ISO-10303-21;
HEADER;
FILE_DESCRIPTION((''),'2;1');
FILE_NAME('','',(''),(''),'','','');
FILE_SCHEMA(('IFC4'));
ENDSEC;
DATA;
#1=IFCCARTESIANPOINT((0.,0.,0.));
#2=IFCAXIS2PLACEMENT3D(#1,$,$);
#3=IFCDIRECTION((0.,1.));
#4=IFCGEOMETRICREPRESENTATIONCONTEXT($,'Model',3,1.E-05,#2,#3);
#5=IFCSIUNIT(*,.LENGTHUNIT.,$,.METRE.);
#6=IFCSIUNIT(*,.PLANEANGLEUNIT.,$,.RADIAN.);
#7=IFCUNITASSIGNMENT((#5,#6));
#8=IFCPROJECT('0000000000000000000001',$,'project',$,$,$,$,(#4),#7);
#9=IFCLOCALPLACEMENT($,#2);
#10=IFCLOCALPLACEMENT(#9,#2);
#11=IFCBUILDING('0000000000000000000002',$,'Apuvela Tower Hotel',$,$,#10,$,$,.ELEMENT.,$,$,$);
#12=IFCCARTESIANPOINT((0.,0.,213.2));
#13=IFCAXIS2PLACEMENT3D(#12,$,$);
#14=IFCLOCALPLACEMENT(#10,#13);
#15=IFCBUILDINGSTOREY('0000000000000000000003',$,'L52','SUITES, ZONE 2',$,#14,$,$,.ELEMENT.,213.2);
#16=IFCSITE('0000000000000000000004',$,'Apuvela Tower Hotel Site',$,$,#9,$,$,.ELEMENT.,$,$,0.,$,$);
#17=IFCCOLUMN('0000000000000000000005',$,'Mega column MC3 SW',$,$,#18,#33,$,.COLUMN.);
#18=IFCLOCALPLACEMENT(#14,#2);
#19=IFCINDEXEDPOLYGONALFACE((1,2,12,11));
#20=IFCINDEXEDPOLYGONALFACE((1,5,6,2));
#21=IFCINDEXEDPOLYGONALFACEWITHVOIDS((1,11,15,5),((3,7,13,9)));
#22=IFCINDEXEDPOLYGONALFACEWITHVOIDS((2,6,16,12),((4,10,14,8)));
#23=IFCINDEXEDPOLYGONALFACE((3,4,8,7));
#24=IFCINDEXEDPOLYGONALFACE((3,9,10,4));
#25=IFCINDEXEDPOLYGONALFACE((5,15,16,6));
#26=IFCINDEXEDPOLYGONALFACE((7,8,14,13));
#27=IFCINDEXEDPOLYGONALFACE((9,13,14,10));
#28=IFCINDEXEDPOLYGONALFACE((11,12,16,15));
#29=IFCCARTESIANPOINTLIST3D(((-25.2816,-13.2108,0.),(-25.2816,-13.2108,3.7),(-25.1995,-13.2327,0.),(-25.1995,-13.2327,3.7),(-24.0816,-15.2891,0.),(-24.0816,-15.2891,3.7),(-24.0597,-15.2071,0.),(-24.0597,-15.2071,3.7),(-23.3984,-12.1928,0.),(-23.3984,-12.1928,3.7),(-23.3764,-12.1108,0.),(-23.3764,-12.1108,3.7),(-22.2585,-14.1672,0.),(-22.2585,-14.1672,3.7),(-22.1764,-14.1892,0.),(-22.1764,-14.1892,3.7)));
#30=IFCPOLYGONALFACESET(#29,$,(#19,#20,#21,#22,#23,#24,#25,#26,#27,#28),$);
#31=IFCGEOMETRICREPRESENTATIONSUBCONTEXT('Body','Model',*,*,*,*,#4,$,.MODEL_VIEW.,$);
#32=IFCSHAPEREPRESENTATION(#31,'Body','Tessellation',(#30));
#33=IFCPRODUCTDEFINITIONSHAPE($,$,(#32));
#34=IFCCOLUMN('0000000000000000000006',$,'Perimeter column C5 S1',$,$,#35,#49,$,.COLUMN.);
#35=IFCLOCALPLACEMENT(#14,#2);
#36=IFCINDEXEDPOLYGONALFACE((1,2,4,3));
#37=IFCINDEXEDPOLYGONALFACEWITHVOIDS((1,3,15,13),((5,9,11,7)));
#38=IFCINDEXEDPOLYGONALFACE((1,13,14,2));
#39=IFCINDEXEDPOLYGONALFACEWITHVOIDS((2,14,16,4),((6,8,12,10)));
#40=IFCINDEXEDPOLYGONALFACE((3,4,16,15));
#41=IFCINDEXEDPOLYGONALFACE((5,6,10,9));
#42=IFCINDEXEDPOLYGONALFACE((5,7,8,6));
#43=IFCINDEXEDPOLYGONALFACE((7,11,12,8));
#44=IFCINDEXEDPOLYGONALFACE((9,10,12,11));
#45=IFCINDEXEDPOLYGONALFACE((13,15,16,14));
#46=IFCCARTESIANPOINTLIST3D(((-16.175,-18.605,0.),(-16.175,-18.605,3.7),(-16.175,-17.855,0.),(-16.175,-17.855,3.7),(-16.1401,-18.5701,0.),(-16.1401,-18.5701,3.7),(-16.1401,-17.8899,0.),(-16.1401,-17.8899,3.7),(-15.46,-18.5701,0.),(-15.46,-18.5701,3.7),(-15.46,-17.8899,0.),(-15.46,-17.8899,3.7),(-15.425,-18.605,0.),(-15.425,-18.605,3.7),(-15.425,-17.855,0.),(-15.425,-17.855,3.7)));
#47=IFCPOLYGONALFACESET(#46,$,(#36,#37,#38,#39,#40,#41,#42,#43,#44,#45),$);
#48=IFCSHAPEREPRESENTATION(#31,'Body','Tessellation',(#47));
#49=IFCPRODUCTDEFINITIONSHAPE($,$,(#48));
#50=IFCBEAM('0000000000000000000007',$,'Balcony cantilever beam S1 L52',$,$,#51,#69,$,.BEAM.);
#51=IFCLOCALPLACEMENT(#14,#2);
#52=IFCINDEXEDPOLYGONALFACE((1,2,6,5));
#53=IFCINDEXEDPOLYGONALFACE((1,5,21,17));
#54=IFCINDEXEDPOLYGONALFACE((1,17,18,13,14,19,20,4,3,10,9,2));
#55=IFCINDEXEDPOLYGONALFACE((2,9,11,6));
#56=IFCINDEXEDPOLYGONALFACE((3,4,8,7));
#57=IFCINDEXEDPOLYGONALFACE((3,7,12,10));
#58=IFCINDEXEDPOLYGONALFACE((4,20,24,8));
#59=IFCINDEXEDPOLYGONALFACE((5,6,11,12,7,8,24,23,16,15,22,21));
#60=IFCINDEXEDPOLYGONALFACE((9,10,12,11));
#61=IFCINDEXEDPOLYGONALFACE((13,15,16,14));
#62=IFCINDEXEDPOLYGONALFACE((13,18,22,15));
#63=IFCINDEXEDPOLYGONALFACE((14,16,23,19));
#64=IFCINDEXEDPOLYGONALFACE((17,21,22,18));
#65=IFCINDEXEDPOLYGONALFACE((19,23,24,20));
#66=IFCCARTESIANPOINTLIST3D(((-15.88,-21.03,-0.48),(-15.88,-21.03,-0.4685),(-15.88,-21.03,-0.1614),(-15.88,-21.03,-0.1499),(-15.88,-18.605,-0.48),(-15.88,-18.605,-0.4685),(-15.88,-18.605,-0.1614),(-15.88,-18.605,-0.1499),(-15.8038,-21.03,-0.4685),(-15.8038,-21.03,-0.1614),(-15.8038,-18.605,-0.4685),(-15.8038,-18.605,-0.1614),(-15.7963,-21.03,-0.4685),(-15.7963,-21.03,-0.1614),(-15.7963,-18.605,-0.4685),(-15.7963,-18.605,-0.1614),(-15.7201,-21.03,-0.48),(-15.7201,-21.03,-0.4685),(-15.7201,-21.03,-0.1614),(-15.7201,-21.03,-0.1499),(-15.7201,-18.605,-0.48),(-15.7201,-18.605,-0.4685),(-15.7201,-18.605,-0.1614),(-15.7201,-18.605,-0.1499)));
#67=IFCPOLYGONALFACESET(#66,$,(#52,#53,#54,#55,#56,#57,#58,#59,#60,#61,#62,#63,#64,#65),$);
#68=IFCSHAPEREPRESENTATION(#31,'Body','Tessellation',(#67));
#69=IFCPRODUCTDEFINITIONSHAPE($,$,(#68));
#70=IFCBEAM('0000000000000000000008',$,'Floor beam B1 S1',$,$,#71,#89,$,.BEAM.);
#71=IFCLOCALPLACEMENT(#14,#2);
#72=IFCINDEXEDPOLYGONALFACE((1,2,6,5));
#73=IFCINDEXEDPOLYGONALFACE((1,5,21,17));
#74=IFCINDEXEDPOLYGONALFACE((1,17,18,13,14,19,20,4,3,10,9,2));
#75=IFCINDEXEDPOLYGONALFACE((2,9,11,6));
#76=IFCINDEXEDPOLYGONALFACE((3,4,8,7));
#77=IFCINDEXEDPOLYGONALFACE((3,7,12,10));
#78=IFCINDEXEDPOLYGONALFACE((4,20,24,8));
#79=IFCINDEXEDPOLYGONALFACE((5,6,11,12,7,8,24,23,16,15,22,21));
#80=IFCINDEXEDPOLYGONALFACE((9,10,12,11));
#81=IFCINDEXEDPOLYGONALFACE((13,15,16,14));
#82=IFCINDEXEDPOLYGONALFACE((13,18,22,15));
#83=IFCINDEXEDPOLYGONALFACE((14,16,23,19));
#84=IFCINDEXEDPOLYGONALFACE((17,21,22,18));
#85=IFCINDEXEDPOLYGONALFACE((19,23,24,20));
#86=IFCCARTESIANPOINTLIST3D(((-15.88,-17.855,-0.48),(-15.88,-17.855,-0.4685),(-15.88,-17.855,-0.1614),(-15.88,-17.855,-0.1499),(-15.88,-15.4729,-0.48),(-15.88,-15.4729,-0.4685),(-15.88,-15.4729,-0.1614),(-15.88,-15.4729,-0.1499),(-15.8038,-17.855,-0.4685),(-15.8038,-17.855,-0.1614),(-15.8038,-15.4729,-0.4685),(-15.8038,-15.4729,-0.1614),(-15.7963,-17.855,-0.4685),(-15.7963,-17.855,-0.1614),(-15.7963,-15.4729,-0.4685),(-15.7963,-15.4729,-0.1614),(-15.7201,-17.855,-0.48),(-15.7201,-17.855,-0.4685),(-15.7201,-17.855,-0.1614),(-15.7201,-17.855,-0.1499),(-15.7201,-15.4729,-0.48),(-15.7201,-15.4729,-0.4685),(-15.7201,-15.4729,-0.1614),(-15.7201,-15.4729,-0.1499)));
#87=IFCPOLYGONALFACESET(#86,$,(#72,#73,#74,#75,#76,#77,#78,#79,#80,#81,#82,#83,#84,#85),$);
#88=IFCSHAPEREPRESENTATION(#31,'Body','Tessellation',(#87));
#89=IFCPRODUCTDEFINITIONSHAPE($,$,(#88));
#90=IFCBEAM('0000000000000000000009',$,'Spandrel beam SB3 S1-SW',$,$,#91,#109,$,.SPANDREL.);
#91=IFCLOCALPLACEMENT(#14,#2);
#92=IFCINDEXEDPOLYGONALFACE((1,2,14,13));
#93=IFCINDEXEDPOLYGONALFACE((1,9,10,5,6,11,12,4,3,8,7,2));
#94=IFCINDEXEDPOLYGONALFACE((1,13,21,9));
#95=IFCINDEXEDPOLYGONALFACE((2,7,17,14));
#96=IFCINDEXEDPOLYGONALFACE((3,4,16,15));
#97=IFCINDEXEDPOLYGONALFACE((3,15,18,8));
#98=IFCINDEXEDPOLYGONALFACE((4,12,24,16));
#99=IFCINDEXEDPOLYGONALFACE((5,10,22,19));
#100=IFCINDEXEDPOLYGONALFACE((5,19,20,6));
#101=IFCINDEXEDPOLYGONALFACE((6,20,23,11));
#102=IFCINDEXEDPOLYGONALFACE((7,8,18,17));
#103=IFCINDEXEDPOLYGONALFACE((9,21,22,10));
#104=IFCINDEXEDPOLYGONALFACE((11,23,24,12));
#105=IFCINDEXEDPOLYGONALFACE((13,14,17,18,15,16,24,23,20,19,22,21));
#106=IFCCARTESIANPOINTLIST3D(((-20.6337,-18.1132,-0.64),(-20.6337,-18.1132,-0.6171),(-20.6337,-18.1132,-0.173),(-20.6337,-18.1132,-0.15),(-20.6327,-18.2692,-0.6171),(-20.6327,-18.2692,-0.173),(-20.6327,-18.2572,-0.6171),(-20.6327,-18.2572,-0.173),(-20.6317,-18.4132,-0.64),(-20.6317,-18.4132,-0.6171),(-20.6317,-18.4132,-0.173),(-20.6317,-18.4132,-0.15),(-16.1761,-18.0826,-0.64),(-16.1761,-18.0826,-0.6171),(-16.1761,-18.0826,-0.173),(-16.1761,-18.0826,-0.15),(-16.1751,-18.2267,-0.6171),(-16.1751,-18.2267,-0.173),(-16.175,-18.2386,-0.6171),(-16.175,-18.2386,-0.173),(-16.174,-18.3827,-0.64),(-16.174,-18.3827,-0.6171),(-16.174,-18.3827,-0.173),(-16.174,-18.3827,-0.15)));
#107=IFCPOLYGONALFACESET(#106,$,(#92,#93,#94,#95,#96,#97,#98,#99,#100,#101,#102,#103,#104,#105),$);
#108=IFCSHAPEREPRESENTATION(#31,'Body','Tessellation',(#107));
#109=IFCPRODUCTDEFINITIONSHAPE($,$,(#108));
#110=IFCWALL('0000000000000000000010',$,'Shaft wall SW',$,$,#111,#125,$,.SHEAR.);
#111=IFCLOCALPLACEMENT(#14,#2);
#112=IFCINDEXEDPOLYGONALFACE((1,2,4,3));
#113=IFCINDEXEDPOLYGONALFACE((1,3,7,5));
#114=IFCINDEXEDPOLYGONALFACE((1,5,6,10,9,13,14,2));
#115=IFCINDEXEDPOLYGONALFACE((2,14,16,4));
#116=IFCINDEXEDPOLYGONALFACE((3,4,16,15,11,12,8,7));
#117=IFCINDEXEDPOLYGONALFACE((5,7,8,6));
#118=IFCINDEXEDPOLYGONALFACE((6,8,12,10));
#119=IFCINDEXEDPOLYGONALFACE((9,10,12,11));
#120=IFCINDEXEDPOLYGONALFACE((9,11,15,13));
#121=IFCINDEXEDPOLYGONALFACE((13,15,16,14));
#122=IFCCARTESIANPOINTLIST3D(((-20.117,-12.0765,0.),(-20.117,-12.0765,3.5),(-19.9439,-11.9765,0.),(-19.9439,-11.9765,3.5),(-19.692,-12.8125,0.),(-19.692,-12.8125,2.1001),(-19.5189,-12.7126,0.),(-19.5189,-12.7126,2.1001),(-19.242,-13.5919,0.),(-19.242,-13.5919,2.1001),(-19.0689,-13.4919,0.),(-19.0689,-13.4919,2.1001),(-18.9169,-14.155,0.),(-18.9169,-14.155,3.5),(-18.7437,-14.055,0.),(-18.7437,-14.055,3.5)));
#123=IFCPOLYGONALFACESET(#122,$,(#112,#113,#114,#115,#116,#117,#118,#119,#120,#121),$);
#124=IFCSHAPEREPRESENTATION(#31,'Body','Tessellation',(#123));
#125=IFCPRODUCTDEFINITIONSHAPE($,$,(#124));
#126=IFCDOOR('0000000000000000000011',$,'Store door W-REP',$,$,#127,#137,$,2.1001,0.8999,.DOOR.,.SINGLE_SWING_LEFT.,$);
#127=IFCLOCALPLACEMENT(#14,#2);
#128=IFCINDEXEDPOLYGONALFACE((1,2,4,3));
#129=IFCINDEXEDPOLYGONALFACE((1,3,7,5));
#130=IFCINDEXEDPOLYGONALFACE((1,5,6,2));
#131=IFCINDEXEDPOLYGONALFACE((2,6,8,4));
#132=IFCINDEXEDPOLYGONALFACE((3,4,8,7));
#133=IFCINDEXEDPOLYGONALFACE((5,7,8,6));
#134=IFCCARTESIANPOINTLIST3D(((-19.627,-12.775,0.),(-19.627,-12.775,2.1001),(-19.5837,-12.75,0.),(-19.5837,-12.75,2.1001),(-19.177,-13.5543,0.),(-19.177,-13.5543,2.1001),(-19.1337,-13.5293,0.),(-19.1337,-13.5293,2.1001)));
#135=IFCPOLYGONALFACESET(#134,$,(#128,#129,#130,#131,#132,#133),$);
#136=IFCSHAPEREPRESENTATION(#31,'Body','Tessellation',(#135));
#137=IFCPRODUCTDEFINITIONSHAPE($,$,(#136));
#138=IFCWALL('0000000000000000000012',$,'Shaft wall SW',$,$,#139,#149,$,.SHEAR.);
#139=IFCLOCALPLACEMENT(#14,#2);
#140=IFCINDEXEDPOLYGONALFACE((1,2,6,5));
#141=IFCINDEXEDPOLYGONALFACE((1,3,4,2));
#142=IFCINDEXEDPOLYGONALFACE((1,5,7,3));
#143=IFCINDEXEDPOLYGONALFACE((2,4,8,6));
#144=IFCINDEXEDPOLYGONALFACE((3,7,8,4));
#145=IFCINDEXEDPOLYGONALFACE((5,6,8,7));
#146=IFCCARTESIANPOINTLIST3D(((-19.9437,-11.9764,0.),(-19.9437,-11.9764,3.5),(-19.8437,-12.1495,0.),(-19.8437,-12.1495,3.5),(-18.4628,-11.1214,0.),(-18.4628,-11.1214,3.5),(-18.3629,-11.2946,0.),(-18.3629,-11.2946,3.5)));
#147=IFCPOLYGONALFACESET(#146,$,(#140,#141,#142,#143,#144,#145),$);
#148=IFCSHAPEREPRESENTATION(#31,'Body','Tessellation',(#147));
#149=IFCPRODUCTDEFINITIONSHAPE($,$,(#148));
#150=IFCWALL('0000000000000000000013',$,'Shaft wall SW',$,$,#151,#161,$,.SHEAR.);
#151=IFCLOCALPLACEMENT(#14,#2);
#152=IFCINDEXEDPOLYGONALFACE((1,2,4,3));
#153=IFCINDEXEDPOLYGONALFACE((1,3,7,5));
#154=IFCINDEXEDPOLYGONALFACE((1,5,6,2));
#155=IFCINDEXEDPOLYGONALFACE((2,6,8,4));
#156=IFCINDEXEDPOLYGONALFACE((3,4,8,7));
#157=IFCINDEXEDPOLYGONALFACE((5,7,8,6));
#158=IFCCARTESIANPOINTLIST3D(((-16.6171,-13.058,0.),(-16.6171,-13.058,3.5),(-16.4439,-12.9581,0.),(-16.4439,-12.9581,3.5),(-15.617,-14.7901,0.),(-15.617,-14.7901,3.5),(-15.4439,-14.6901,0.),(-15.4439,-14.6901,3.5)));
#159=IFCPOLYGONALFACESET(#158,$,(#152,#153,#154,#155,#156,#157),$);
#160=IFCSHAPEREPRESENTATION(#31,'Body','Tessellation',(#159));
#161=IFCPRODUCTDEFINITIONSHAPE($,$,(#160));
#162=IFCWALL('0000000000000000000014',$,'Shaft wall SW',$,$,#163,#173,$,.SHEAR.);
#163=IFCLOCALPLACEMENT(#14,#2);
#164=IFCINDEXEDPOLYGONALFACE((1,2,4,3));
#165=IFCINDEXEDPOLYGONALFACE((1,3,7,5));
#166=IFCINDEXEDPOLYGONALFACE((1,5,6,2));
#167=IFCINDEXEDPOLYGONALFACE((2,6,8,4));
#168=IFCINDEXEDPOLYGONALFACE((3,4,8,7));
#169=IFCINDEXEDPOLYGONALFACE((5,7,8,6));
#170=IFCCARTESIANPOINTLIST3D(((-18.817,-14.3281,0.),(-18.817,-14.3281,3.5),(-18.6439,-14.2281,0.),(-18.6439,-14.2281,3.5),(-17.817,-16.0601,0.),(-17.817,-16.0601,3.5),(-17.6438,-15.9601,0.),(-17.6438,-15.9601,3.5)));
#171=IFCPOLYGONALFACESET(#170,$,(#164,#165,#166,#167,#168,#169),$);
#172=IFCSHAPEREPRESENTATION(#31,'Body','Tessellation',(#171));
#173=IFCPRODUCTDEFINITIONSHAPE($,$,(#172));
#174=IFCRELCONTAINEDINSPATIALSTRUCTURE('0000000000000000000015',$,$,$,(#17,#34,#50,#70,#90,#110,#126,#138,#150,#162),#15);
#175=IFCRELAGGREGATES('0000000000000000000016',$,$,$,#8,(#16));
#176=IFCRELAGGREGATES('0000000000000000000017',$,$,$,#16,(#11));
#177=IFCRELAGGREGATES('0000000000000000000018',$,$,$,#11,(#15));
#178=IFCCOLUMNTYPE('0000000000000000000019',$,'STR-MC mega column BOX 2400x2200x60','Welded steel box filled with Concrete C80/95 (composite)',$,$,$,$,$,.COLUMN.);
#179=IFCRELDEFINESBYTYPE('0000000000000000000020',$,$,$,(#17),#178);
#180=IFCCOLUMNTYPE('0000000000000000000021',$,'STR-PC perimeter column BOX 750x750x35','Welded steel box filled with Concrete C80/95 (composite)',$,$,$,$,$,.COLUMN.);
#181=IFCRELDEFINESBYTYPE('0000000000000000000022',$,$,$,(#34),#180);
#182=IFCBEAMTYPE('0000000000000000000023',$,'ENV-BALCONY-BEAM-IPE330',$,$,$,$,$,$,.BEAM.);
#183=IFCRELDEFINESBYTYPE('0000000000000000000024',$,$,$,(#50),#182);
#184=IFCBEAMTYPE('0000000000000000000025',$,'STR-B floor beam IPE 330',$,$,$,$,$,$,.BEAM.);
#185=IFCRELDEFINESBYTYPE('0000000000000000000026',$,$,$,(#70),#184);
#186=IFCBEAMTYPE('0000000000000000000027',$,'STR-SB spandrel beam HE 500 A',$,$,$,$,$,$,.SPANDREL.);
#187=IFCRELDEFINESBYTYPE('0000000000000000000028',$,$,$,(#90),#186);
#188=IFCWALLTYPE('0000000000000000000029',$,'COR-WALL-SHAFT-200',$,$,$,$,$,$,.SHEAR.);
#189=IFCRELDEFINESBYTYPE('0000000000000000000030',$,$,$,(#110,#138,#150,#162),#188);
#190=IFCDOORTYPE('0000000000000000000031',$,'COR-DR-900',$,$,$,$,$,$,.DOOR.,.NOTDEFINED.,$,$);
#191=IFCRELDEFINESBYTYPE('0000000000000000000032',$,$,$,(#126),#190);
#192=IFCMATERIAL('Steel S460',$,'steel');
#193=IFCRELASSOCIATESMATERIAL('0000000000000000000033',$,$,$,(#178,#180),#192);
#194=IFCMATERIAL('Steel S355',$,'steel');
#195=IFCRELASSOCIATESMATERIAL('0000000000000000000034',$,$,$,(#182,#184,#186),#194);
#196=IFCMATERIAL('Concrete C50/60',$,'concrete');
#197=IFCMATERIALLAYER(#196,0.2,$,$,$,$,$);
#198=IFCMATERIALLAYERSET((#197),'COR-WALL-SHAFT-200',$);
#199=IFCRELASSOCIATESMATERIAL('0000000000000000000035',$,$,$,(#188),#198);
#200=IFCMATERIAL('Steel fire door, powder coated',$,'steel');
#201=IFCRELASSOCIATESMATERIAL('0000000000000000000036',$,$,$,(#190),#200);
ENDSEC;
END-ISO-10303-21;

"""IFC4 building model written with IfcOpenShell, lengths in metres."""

from ifc_helpers import new_model, si_unit, direction, frame, frame_2d, origin, origin_2d, place, context, subcontext, project, spatial, rectangle, hollow_rectangle, i_section, extrude, material, layer, layer_set, material_profile, profile_set, type_object, element, fill, save


model = new_model("IFC4")

# Units and contexts
model_context = context("Model", 3, precision=1e-05, world=origin(), true_north=direction((0.0, 1.0)))
body_context = subcontext(model_context, "Body", "Model", "MODEL_VIEW")
ifc_project = project(units=[si_unit("LENGTHUNIT", "METRE"), si_unit("PLANEANGLEUNIT", "RADIAN")], contexts=[model_context])

# Site, building, storey
site_placement = place(None, origin())
site = spatial("IfcSite", under=ifc_project, at=site_placement, Name="Apuvela Tower Hotel Site", CompositionType="ELEMENT", RefElevation=0.0)
building_placement = place(site_placement, origin())
building = spatial("IfcBuilding", under=site, at=building_placement, Name="Apuvela Tower Hotel", CompositionType="ELEMENT")
storey_placement = place(building_placement, frame((0.0, 0.0, 213.2)))
storey = spatial("IfcBuildingStorey", under=building, at=storey_placement, Name="L52", Description="SUITES, ZONE 2", CompositionType="ELEMENT", Elevation=213.2)

# Columns
ifc_material_1 = material(Name="Steel S460", Category="steel")
ifc_material_profile_1 = material_profile(ifc_material_1, hollow_rectangle(XDim=2.3999, YDim=2.2, WallThickness=0.0601, at=origin_2d()), Name="BOX 2400x2200x60")
ifc_material_2 = material(Name="Concrete C80/95", Category="concrete")
ifc_material_profile_2 = material_profile(ifc_material_2, rectangle(XDim=2.28, YDim=2.0801, at=origin_2d()), Name="Concrete C80/95 infill")
ifc_profile_set_1 = profile_set([ifc_material_profile_1, ifc_material_profile_2], Name="Steel S460")
column_type_1 = type_object("IfcColumnType", Name="STR-MC mega column BOX 2400x2200x60", Description="Welded steel box filled with Concrete C80/95 (composite)", PredefinedType="COLUMN", material=ifc_profile_set_1)
column_1_placement = place(storey_placement, frame((-23.729, -13.7, 0.0), z_axis=(0.0, 0.0, 1.0), x_axis=(-0.5, 0.866025, 0.0)))
element("IfcColumn", 1, at=column_1_placement, inside=storey, type_object=column_type_1, Name="Mega column MC3 SW", PredefinedType="COLUMN", context=body_context, shape_type="SweptSolid", body=[
    extrude(hollow_rectangle(XDim=2.3999, YDim=2.2, WallThickness=0.0601, at=origin_2d()), origin(), (0.0, 0.0, 1.0), 3.7),
])
ifc_material_profile_3 = material_profile(ifc_material_1, hollow_rectangle(XDim=0.75, YDim=0.75, WallThickness=0.0349, at=origin_2d()), Name="BOX 750x750x35")
ifc_material_profile_4 = material_profile(ifc_material_2, rectangle(XDim=0.6799, YDim=0.6799, at=origin_2d()), Name="Concrete C80/95 infill")
ifc_profile_set_2 = profile_set([ifc_material_profile_3, ifc_material_profile_4], Name="Steel S460")
column_type_2 = type_object("IfcColumnType", Name="STR-PC perimeter column BOX 750x750x35", Description="Welded steel box filled with Concrete C80/95 (composite)", PredefinedType="COLUMN", material=ifc_profile_set_2)
column_2_placement = place(storey_placement, frame((-15.8, -18.23, 0.0), z_axis=(0.0, 0.0, 1.0), x_axis=(-1.0, 0.0, 0.0)))
element("IfcColumn", 2, at=column_2_placement, inside=storey, type_object=column_type_2, Name="Perimeter column C5 S1", PredefinedType="COLUMN", context=body_context, shape_type="SweptSolid", body=[
    extrude(hollow_rectangle(XDim=0.75, YDim=0.75, WallThickness=0.0349, at=origin_2d()), origin(), (0.0, 0.0, 1.0), 3.7),
])

# Beams
ifc_material_3 = material(Name="Steel S355", Category="steel")
ifc_material_profile_5 = material_profile(ifc_material_3, i_section(OverallWidth=0.1599, OverallDepth=0.3301, WebThickness=0.0076, FlangeThickness=0.0115, at=origin_2d()), Name="IPE 330")
ifc_profile_set_3 = profile_set([ifc_material_profile_5], Name="Steel S355")
beam_type_1 = type_object("IfcBeamType", Name="ENV-BALCONY-BEAM-IPE330", PredefinedType="BEAM", material=ifc_profile_set_3)
beam_1_placement = place(storey_placement, frame((-15.8, -18.605, -0.3149), z_axis=(0.0, -1.0, 0.0), x_axis=(1.0, 0.0, 0.0)))
element("IfcBeam", 3, at=beam_1_placement, inside=storey, type_object=beam_type_1, Name="Balcony cantilever beam S1 L52", PredefinedType="BEAM", context=body_context, shape_type="SweptSolid", body=[
    extrude(i_section(OverallWidth=0.1599, OverallDepth=0.3301, WebThickness=0.0076, FlangeThickness=0.0115, at=origin_2d()), origin(), (0.0, 0.0, 1.0), 2.425),
])
ifc_material_profile_6 = material_profile(ifc_material_3, i_section(OverallWidth=0.1599, OverallDepth=0.3301, WebThickness=0.0076, FlangeThickness=0.0115, at=origin_2d()), Name="IPE 330")
ifc_profile_set_4 = profile_set([ifc_material_profile_6], Name="Steel S355")
beam_type_2 = type_object("IfcBeamType", Name="STR-B floor beam IPE 330", PredefinedType="BEAM", material=ifc_profile_set_4)
beam_2_placement = place(storey_placement, frame((-15.8, -17.855, -0.3149), z_axis=(0.0, 1.0, 0.0), x_axis=(-1.0, 0.0, 0.0)))
element("IfcBeam", 4, at=beam_2_placement, inside=storey, type_object=beam_type_2, Name="Floor beam B1 S1", PredefinedType="BEAM", context=body_context, shape_type="SweptSolid", body=[
    extrude(i_section(OverallWidth=0.1599, OverallDepth=0.3301, WebThickness=0.0076, FlangeThickness=0.0115, at=origin_2d()), origin(), (0.0, 0.0, 1.0), 2.3821),
])
ifc_material_profile_7 = material_profile(ifc_material_3, i_section(OverallWidth=0.3, OverallDepth=0.49, WebThickness=0.012, FlangeThickness=0.0229, at=origin_2d()), Name="HE 500 A")
ifc_profile_set_5 = profile_set([ifc_material_profile_7], Name="Steel S355")
beam_type_3 = type_object("IfcBeamType", Name="STR-SB spandrel beam HE 500 A", PredefinedType="SPANDREL", material=ifc_profile_set_5)
beam_3_placement = place(storey_placement, frame((-16.175, -18.2327, -0.395), z_axis=(-0.999977, -0.006846, 0.0), x_axis=(0.006846, -0.999977, 0.0)))
element("IfcBeam", 5, at=beam_3_placement, inside=storey, type_object=beam_type_3, Name="Spandrel beam SB3 S1-SW", PredefinedType="SPANDREL", context=body_context, shape_type="SweptSolid", body=[
    extrude(i_section(OverallWidth=0.3, OverallDepth=0.49, WebThickness=0.012, FlangeThickness=0.0229, at=origin_2d()), origin(), (0.0, 0.0, 1.0), 4.4578),
])

# Wall, opening, door
ifc_material_4 = material(Name="Concrete C50/60", Category="concrete")
ifc_layer_1 = layer(ifc_material_4, 0.2)
ifc_layer_set_1 = layer_set([ifc_layer_1], Name="COR-WALL-SHAFT-200")
wall_type_1 = type_object("IfcWallType", Name="COR-WALL-SHAFT-200", PredefinedType="SHEAR", material=ifc_layer_set_1)
wall_1_placement = place(storey_placement, frame((-20.0305, -12.0264, 0.0), z_axis=(0.0, 0.0, 1.0), x_axis=(0.500034, -0.866006, 0.0)))
wall_1 = element("IfcWall", 6, at=wall_1_placement, inside=storey, type_object=wall_type_1, Name="Shaft wall SW", PredefinedType="SHEAR", context=body_context, shape_type="SweptSolid", body=[
    extrude(rectangle(XDim=2.4001, YDim=0.2, at=frame_2d((1.2002, 0.0))), origin(), (0.0, 0.0, 1.0), 3.5),
])
opening_1_placement = place(wall_1_placement, frame((0.8501, 0.0, 0.0)))
opening_1 = element("IfcOpeningElement", 7, at=opening_1_placement, cuts=wall_1, PredefinedType="OPENING", context=body_context, shape_type="SweptSolid", body=[
    extrude(rectangle(XDim=0.8999, YDim=2.1001, at=frame_2d((0.45, 1.05))), frame((0.0, 0.1099, 0.0), z_axis=(0.0, -1.0, 0.0), x_axis=(1.0, 0.0, 0.0)), (0.0, 0.0, 1.0), 0.22),
])
ifc_material_5 = material(Name="Steel fire door, powder coated", Category="steel")
door_type_1 = type_object("IfcDoorType", Name="COR-DR-900", OperationType="NOTDEFINED", PredefinedType="DOOR", material=ifc_material_5)
door_1_placement = place(opening_1_placement, frame((0.8999, 0.0, 0.0), z_axis=(0.0, 0.0, 1.0), x_axis=(-1.0, 0.0, 0.0)))
door_1 = element("IfcDoor", 8, at=door_1_placement, inside=storey, type_object=door_type_1, Name="Store door W-REP", OperationType="SINGLE_SWING_LEFT", OverallHeight=2.1001, OverallWidth=0.8999, PredefinedType="DOOR", context=body_context, shape_type="SweptSolid", body=[
    extrude(rectangle(XDim=0.8999, YDim=2.1001, at=frame_2d((0.45, 1.05))), frame((0.0, 0.0249, 0.0), z_axis=(0.0, -1.0, 0.0), x_axis=(1.0, 0.0, 0.0)), (0.0, 0.0, 1.0), 0.05),
])
fill(opening_1, door_1)

# Walls
wall_2_placement = place(storey_placement, frame((-18.4128, -11.208, 0.0), z_axis=(0.0, 0.0, 1.0), x_axis=(-0.866038, -0.499978, 0.0)))
element("IfcWall", 9, at=wall_2_placement, inside=storey, type_object=wall_type_1, Name="Shaft wall SW", PredefinedType="SHEAR", context=body_context, shape_type="SweptSolid", body=[
    extrude(rectangle(XDim=1.71, YDim=0.2, at=frame_2d((0.855, 0.0))), origin(), (0.0, 0.0, 1.0), 3.5),
])
for number, where, z_axis, x_axis, name in (
    (10, (-16.5305, -13.0081, 0.0), (0.0, 0.0, 1.0), (0.500025, -0.866011, 0.0), "Shaft wall SW"),
    (11, (-18.7305, -14.2781, 0.0), (0.0, 0.0, 1.0), (0.500025, -0.866011, 0.0), "Shaft wall SW"),
):
    element("IfcWall", number, at=place(storey_placement, frame(where, z_axis=z_axis, x_axis=x_axis)), inside=storey, type_object=wall_type_1, Name=name, PredefinedType="SHEAR", context=body_context, shape_type="SweptSolid", body=[
        extrude(rectangle(XDim=2.0, YDim=0.2, at=frame_2d((1.0, 0.0))), origin(), (0.0, 0.0, 1.0), 3.5),
    ])

save(model, "model.ifc")
